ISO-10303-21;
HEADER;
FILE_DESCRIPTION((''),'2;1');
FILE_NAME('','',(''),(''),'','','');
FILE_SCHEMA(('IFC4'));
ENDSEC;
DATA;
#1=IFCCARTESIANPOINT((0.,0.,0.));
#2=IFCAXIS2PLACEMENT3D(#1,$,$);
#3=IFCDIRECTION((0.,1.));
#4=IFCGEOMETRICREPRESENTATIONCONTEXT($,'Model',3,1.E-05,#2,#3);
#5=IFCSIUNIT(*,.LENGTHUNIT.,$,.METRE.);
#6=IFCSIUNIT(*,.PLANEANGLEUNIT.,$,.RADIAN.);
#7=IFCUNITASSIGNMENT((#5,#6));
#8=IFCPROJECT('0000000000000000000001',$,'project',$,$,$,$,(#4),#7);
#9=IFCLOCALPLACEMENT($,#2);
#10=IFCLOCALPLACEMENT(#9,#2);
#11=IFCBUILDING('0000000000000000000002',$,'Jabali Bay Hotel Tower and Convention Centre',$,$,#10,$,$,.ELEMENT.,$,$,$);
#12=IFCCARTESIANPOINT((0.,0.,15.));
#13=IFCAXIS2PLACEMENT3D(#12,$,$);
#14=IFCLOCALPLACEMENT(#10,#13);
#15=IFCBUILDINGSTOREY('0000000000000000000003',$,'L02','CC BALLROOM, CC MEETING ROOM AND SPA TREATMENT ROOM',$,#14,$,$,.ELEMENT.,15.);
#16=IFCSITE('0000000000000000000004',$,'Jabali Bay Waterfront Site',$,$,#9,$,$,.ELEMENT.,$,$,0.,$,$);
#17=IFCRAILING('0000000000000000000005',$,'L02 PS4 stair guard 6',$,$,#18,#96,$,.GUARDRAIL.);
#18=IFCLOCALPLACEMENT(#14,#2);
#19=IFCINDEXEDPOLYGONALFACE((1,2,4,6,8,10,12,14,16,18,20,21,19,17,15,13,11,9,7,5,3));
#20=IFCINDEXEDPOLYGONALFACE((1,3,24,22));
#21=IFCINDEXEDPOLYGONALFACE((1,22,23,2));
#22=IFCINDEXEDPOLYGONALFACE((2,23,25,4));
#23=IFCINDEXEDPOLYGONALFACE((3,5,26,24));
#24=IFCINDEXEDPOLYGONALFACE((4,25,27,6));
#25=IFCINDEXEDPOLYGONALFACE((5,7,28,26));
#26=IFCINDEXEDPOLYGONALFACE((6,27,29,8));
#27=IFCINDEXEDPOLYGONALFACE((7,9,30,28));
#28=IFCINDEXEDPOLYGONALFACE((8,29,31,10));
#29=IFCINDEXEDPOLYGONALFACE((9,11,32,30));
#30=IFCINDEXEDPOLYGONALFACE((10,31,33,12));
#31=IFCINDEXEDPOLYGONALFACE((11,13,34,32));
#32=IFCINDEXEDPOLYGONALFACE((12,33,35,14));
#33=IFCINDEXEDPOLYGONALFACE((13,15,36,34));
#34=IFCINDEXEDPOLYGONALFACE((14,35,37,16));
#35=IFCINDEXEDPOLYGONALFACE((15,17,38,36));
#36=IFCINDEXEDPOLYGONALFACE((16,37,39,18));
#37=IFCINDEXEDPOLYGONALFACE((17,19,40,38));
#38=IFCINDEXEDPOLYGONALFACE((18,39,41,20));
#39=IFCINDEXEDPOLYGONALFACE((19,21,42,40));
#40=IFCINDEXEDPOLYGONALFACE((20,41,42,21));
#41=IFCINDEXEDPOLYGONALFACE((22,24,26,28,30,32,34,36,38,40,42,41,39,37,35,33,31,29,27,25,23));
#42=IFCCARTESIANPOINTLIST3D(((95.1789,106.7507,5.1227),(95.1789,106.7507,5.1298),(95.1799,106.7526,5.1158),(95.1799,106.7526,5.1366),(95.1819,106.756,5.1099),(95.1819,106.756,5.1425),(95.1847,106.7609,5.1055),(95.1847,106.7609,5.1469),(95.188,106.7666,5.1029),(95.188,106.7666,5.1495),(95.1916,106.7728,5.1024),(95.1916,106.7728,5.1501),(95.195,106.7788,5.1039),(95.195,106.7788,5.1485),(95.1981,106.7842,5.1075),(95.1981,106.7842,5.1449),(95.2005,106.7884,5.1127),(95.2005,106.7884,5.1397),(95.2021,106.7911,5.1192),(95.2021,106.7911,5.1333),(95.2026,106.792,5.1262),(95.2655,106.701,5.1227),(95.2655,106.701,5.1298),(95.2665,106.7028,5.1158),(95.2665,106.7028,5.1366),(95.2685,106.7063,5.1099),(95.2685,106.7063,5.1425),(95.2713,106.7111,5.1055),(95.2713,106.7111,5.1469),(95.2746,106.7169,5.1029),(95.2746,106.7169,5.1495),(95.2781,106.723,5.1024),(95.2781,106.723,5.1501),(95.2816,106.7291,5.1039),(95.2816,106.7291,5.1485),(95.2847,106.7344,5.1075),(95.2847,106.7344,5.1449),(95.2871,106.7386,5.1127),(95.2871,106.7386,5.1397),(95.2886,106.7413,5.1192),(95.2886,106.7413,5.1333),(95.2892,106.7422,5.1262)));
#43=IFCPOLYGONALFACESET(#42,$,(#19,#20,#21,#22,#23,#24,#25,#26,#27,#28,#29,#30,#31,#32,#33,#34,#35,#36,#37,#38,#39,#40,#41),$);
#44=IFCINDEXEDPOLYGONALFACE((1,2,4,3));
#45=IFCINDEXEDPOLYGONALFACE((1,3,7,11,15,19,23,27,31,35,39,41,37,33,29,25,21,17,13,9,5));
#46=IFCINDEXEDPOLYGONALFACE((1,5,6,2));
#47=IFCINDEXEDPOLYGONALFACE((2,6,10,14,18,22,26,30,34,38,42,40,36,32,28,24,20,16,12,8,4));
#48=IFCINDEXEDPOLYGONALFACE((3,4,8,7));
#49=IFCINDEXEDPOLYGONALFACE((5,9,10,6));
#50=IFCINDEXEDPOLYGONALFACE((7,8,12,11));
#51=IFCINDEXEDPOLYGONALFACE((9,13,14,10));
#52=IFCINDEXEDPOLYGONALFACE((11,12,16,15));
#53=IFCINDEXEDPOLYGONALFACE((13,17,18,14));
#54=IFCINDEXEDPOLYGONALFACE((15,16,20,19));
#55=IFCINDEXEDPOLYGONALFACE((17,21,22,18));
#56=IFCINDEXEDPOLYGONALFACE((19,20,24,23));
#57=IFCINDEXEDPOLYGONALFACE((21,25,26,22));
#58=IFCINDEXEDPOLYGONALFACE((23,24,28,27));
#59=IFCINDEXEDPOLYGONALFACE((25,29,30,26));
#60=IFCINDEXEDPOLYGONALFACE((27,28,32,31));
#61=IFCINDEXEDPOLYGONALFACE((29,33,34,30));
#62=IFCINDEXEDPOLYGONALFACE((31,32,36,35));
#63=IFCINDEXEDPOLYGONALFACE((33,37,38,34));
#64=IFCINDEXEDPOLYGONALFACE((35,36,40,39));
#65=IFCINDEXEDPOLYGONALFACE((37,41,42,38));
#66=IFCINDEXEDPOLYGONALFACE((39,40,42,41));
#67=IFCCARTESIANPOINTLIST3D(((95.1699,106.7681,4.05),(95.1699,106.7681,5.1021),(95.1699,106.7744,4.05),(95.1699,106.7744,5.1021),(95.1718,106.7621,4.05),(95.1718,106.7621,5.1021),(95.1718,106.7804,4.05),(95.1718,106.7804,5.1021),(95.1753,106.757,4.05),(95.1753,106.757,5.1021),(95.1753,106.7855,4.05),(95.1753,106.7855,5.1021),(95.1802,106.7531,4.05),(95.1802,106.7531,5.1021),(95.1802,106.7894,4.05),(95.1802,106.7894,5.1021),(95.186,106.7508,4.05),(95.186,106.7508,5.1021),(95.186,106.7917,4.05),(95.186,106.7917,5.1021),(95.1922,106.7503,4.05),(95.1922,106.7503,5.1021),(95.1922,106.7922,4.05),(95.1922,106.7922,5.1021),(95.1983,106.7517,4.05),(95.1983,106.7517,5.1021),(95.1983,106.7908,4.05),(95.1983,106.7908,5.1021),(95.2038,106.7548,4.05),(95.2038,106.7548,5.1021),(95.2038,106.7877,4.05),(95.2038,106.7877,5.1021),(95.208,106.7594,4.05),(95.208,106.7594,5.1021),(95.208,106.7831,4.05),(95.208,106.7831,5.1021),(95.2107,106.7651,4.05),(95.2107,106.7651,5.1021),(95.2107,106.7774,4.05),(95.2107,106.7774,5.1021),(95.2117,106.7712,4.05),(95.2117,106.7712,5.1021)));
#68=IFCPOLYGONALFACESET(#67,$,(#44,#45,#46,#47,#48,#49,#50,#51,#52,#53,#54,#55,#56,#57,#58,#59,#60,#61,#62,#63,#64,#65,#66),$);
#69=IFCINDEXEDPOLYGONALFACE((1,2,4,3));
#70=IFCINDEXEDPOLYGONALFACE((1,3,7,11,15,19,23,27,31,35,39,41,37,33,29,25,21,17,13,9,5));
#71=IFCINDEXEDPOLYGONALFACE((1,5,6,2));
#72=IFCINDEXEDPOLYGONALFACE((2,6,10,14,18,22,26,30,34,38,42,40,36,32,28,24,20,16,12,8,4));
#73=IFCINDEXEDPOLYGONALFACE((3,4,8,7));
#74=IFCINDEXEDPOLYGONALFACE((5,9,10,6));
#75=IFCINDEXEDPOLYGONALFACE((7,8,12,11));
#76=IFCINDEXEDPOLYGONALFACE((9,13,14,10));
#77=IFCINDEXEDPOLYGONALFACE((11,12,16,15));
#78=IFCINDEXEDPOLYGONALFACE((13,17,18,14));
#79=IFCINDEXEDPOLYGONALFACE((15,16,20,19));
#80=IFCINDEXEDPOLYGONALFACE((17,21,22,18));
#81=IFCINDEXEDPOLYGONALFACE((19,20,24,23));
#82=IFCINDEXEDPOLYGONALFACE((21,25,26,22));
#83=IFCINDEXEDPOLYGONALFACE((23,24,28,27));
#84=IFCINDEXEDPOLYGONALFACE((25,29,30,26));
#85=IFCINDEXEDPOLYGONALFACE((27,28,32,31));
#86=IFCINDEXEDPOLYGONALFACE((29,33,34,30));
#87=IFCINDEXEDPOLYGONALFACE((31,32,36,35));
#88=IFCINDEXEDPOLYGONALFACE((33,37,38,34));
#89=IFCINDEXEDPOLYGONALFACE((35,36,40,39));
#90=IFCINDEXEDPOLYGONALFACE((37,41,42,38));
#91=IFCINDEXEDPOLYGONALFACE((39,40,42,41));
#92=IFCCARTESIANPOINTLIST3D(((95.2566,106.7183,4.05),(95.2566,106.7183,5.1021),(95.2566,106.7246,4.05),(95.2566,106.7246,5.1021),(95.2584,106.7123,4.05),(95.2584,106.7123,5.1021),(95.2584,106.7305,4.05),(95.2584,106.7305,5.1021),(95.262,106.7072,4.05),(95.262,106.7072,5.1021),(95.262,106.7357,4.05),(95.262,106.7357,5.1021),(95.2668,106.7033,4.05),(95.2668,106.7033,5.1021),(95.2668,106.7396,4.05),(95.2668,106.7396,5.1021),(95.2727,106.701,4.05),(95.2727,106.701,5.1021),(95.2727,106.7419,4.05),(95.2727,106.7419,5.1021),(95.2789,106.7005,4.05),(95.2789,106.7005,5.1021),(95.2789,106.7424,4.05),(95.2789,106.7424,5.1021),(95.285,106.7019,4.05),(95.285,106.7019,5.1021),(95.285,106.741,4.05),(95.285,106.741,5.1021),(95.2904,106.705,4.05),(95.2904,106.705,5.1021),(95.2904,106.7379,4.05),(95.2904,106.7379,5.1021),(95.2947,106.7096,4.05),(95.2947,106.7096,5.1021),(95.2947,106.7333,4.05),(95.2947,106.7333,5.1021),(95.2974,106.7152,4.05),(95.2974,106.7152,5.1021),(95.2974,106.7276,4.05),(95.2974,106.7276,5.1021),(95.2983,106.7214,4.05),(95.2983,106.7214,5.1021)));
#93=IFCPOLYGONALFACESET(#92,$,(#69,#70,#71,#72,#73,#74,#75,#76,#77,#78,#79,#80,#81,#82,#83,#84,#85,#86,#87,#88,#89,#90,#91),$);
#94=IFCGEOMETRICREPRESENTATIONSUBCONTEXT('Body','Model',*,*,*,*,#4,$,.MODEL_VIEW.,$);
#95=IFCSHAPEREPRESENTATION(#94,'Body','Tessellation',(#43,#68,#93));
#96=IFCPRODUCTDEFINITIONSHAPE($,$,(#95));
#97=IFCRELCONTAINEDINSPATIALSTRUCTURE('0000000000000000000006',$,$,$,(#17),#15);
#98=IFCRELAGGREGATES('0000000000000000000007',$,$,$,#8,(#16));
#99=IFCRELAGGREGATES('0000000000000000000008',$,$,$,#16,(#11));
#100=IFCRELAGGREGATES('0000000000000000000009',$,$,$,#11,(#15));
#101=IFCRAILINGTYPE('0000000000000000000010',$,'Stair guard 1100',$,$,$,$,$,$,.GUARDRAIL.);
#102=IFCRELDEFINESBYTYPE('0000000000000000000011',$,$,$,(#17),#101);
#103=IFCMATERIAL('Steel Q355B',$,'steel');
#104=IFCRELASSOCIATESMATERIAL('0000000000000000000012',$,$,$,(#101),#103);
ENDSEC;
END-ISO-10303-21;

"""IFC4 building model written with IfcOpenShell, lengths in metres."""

from ifc_helpers import new_model, si_unit, direction, frame, origin, origin_2d, place, context, subcontext, project, spatial, circle, extrude, material, type_object, element, save


model = new_model("IFC4")

# Units and contexts
model_context = context("Model", 3, precision=1e-05, world=origin(), true_north=direction((0.0, 1.0)))
body_context = subcontext(model_context, "Body", "Model", "MODEL_VIEW")
ifc_project = project(units=[si_unit("LENGTHUNIT", "METRE"), si_unit("PLANEANGLEUNIT", "RADIAN")], contexts=[model_context])

# Site, building, storey
site_placement = place(None, origin())
site = spatial("IfcSite", under=ifc_project, at=site_placement, Name="Jabali Bay Waterfront Site", CompositionType="ELEMENT", RefElevation=0.0)
building_placement = place(site_placement, origin())
building = spatial("IfcBuilding", under=site, at=building_placement, Name="Jabali Bay Hotel Tower and Convention Centre", CompositionType="ELEMENT")
storey_placement = place(building_placement, frame((0.0, 0.0, 15.0)))
storey = spatial("IfcBuildingStorey", under=building, at=storey_placement, Name="L02", Description="CC BALLROOM, CC MEETING ROOM AND SPA TREATMENT ROOM", CompositionType="ELEMENT", Elevation=15.0)

# Railing
ifc_material_1 = material(Name="Steel Q355B", Category="steel")
railing_type_1 = type_object("IfcRailingType", Name="Stair guard 1100", PredefinedType="GUARDRAIL", material=ifc_material_1)
railing_1_placement = place(storey_placement, frame((95.1907, 106.7712, 4.05)))
element("IfcRailing", 1, at=railing_1_placement, inside=storey, type_object=railing_type_1, Name="L02 PS4 stair guard 6", PredefinedType="GUARDRAIL", context=body_context, shape_type="SweptSolid", body=[
    extrude(circle(Radius=0.0239, at=origin_2d()), frame((0.0, 0.0, 1.0762), z_axis=(0.867038, -0.498242, 0.0), x_axis=(0.498242, 0.867038, 0.0)), (0.0, 0.0, 1.0), 0.0999),
    extrude(circle(Radius=0.021, at=origin_2d()), origin(), (0.0, 0.0, 1.0), 1.052),
    extrude(circle(Radius=0.021, at=origin_2d()), frame((0.0867, -0.0498, 0.0)), (0.0, 0.0, 1.0), 1.052),
])

save(model, "model.ifc")
